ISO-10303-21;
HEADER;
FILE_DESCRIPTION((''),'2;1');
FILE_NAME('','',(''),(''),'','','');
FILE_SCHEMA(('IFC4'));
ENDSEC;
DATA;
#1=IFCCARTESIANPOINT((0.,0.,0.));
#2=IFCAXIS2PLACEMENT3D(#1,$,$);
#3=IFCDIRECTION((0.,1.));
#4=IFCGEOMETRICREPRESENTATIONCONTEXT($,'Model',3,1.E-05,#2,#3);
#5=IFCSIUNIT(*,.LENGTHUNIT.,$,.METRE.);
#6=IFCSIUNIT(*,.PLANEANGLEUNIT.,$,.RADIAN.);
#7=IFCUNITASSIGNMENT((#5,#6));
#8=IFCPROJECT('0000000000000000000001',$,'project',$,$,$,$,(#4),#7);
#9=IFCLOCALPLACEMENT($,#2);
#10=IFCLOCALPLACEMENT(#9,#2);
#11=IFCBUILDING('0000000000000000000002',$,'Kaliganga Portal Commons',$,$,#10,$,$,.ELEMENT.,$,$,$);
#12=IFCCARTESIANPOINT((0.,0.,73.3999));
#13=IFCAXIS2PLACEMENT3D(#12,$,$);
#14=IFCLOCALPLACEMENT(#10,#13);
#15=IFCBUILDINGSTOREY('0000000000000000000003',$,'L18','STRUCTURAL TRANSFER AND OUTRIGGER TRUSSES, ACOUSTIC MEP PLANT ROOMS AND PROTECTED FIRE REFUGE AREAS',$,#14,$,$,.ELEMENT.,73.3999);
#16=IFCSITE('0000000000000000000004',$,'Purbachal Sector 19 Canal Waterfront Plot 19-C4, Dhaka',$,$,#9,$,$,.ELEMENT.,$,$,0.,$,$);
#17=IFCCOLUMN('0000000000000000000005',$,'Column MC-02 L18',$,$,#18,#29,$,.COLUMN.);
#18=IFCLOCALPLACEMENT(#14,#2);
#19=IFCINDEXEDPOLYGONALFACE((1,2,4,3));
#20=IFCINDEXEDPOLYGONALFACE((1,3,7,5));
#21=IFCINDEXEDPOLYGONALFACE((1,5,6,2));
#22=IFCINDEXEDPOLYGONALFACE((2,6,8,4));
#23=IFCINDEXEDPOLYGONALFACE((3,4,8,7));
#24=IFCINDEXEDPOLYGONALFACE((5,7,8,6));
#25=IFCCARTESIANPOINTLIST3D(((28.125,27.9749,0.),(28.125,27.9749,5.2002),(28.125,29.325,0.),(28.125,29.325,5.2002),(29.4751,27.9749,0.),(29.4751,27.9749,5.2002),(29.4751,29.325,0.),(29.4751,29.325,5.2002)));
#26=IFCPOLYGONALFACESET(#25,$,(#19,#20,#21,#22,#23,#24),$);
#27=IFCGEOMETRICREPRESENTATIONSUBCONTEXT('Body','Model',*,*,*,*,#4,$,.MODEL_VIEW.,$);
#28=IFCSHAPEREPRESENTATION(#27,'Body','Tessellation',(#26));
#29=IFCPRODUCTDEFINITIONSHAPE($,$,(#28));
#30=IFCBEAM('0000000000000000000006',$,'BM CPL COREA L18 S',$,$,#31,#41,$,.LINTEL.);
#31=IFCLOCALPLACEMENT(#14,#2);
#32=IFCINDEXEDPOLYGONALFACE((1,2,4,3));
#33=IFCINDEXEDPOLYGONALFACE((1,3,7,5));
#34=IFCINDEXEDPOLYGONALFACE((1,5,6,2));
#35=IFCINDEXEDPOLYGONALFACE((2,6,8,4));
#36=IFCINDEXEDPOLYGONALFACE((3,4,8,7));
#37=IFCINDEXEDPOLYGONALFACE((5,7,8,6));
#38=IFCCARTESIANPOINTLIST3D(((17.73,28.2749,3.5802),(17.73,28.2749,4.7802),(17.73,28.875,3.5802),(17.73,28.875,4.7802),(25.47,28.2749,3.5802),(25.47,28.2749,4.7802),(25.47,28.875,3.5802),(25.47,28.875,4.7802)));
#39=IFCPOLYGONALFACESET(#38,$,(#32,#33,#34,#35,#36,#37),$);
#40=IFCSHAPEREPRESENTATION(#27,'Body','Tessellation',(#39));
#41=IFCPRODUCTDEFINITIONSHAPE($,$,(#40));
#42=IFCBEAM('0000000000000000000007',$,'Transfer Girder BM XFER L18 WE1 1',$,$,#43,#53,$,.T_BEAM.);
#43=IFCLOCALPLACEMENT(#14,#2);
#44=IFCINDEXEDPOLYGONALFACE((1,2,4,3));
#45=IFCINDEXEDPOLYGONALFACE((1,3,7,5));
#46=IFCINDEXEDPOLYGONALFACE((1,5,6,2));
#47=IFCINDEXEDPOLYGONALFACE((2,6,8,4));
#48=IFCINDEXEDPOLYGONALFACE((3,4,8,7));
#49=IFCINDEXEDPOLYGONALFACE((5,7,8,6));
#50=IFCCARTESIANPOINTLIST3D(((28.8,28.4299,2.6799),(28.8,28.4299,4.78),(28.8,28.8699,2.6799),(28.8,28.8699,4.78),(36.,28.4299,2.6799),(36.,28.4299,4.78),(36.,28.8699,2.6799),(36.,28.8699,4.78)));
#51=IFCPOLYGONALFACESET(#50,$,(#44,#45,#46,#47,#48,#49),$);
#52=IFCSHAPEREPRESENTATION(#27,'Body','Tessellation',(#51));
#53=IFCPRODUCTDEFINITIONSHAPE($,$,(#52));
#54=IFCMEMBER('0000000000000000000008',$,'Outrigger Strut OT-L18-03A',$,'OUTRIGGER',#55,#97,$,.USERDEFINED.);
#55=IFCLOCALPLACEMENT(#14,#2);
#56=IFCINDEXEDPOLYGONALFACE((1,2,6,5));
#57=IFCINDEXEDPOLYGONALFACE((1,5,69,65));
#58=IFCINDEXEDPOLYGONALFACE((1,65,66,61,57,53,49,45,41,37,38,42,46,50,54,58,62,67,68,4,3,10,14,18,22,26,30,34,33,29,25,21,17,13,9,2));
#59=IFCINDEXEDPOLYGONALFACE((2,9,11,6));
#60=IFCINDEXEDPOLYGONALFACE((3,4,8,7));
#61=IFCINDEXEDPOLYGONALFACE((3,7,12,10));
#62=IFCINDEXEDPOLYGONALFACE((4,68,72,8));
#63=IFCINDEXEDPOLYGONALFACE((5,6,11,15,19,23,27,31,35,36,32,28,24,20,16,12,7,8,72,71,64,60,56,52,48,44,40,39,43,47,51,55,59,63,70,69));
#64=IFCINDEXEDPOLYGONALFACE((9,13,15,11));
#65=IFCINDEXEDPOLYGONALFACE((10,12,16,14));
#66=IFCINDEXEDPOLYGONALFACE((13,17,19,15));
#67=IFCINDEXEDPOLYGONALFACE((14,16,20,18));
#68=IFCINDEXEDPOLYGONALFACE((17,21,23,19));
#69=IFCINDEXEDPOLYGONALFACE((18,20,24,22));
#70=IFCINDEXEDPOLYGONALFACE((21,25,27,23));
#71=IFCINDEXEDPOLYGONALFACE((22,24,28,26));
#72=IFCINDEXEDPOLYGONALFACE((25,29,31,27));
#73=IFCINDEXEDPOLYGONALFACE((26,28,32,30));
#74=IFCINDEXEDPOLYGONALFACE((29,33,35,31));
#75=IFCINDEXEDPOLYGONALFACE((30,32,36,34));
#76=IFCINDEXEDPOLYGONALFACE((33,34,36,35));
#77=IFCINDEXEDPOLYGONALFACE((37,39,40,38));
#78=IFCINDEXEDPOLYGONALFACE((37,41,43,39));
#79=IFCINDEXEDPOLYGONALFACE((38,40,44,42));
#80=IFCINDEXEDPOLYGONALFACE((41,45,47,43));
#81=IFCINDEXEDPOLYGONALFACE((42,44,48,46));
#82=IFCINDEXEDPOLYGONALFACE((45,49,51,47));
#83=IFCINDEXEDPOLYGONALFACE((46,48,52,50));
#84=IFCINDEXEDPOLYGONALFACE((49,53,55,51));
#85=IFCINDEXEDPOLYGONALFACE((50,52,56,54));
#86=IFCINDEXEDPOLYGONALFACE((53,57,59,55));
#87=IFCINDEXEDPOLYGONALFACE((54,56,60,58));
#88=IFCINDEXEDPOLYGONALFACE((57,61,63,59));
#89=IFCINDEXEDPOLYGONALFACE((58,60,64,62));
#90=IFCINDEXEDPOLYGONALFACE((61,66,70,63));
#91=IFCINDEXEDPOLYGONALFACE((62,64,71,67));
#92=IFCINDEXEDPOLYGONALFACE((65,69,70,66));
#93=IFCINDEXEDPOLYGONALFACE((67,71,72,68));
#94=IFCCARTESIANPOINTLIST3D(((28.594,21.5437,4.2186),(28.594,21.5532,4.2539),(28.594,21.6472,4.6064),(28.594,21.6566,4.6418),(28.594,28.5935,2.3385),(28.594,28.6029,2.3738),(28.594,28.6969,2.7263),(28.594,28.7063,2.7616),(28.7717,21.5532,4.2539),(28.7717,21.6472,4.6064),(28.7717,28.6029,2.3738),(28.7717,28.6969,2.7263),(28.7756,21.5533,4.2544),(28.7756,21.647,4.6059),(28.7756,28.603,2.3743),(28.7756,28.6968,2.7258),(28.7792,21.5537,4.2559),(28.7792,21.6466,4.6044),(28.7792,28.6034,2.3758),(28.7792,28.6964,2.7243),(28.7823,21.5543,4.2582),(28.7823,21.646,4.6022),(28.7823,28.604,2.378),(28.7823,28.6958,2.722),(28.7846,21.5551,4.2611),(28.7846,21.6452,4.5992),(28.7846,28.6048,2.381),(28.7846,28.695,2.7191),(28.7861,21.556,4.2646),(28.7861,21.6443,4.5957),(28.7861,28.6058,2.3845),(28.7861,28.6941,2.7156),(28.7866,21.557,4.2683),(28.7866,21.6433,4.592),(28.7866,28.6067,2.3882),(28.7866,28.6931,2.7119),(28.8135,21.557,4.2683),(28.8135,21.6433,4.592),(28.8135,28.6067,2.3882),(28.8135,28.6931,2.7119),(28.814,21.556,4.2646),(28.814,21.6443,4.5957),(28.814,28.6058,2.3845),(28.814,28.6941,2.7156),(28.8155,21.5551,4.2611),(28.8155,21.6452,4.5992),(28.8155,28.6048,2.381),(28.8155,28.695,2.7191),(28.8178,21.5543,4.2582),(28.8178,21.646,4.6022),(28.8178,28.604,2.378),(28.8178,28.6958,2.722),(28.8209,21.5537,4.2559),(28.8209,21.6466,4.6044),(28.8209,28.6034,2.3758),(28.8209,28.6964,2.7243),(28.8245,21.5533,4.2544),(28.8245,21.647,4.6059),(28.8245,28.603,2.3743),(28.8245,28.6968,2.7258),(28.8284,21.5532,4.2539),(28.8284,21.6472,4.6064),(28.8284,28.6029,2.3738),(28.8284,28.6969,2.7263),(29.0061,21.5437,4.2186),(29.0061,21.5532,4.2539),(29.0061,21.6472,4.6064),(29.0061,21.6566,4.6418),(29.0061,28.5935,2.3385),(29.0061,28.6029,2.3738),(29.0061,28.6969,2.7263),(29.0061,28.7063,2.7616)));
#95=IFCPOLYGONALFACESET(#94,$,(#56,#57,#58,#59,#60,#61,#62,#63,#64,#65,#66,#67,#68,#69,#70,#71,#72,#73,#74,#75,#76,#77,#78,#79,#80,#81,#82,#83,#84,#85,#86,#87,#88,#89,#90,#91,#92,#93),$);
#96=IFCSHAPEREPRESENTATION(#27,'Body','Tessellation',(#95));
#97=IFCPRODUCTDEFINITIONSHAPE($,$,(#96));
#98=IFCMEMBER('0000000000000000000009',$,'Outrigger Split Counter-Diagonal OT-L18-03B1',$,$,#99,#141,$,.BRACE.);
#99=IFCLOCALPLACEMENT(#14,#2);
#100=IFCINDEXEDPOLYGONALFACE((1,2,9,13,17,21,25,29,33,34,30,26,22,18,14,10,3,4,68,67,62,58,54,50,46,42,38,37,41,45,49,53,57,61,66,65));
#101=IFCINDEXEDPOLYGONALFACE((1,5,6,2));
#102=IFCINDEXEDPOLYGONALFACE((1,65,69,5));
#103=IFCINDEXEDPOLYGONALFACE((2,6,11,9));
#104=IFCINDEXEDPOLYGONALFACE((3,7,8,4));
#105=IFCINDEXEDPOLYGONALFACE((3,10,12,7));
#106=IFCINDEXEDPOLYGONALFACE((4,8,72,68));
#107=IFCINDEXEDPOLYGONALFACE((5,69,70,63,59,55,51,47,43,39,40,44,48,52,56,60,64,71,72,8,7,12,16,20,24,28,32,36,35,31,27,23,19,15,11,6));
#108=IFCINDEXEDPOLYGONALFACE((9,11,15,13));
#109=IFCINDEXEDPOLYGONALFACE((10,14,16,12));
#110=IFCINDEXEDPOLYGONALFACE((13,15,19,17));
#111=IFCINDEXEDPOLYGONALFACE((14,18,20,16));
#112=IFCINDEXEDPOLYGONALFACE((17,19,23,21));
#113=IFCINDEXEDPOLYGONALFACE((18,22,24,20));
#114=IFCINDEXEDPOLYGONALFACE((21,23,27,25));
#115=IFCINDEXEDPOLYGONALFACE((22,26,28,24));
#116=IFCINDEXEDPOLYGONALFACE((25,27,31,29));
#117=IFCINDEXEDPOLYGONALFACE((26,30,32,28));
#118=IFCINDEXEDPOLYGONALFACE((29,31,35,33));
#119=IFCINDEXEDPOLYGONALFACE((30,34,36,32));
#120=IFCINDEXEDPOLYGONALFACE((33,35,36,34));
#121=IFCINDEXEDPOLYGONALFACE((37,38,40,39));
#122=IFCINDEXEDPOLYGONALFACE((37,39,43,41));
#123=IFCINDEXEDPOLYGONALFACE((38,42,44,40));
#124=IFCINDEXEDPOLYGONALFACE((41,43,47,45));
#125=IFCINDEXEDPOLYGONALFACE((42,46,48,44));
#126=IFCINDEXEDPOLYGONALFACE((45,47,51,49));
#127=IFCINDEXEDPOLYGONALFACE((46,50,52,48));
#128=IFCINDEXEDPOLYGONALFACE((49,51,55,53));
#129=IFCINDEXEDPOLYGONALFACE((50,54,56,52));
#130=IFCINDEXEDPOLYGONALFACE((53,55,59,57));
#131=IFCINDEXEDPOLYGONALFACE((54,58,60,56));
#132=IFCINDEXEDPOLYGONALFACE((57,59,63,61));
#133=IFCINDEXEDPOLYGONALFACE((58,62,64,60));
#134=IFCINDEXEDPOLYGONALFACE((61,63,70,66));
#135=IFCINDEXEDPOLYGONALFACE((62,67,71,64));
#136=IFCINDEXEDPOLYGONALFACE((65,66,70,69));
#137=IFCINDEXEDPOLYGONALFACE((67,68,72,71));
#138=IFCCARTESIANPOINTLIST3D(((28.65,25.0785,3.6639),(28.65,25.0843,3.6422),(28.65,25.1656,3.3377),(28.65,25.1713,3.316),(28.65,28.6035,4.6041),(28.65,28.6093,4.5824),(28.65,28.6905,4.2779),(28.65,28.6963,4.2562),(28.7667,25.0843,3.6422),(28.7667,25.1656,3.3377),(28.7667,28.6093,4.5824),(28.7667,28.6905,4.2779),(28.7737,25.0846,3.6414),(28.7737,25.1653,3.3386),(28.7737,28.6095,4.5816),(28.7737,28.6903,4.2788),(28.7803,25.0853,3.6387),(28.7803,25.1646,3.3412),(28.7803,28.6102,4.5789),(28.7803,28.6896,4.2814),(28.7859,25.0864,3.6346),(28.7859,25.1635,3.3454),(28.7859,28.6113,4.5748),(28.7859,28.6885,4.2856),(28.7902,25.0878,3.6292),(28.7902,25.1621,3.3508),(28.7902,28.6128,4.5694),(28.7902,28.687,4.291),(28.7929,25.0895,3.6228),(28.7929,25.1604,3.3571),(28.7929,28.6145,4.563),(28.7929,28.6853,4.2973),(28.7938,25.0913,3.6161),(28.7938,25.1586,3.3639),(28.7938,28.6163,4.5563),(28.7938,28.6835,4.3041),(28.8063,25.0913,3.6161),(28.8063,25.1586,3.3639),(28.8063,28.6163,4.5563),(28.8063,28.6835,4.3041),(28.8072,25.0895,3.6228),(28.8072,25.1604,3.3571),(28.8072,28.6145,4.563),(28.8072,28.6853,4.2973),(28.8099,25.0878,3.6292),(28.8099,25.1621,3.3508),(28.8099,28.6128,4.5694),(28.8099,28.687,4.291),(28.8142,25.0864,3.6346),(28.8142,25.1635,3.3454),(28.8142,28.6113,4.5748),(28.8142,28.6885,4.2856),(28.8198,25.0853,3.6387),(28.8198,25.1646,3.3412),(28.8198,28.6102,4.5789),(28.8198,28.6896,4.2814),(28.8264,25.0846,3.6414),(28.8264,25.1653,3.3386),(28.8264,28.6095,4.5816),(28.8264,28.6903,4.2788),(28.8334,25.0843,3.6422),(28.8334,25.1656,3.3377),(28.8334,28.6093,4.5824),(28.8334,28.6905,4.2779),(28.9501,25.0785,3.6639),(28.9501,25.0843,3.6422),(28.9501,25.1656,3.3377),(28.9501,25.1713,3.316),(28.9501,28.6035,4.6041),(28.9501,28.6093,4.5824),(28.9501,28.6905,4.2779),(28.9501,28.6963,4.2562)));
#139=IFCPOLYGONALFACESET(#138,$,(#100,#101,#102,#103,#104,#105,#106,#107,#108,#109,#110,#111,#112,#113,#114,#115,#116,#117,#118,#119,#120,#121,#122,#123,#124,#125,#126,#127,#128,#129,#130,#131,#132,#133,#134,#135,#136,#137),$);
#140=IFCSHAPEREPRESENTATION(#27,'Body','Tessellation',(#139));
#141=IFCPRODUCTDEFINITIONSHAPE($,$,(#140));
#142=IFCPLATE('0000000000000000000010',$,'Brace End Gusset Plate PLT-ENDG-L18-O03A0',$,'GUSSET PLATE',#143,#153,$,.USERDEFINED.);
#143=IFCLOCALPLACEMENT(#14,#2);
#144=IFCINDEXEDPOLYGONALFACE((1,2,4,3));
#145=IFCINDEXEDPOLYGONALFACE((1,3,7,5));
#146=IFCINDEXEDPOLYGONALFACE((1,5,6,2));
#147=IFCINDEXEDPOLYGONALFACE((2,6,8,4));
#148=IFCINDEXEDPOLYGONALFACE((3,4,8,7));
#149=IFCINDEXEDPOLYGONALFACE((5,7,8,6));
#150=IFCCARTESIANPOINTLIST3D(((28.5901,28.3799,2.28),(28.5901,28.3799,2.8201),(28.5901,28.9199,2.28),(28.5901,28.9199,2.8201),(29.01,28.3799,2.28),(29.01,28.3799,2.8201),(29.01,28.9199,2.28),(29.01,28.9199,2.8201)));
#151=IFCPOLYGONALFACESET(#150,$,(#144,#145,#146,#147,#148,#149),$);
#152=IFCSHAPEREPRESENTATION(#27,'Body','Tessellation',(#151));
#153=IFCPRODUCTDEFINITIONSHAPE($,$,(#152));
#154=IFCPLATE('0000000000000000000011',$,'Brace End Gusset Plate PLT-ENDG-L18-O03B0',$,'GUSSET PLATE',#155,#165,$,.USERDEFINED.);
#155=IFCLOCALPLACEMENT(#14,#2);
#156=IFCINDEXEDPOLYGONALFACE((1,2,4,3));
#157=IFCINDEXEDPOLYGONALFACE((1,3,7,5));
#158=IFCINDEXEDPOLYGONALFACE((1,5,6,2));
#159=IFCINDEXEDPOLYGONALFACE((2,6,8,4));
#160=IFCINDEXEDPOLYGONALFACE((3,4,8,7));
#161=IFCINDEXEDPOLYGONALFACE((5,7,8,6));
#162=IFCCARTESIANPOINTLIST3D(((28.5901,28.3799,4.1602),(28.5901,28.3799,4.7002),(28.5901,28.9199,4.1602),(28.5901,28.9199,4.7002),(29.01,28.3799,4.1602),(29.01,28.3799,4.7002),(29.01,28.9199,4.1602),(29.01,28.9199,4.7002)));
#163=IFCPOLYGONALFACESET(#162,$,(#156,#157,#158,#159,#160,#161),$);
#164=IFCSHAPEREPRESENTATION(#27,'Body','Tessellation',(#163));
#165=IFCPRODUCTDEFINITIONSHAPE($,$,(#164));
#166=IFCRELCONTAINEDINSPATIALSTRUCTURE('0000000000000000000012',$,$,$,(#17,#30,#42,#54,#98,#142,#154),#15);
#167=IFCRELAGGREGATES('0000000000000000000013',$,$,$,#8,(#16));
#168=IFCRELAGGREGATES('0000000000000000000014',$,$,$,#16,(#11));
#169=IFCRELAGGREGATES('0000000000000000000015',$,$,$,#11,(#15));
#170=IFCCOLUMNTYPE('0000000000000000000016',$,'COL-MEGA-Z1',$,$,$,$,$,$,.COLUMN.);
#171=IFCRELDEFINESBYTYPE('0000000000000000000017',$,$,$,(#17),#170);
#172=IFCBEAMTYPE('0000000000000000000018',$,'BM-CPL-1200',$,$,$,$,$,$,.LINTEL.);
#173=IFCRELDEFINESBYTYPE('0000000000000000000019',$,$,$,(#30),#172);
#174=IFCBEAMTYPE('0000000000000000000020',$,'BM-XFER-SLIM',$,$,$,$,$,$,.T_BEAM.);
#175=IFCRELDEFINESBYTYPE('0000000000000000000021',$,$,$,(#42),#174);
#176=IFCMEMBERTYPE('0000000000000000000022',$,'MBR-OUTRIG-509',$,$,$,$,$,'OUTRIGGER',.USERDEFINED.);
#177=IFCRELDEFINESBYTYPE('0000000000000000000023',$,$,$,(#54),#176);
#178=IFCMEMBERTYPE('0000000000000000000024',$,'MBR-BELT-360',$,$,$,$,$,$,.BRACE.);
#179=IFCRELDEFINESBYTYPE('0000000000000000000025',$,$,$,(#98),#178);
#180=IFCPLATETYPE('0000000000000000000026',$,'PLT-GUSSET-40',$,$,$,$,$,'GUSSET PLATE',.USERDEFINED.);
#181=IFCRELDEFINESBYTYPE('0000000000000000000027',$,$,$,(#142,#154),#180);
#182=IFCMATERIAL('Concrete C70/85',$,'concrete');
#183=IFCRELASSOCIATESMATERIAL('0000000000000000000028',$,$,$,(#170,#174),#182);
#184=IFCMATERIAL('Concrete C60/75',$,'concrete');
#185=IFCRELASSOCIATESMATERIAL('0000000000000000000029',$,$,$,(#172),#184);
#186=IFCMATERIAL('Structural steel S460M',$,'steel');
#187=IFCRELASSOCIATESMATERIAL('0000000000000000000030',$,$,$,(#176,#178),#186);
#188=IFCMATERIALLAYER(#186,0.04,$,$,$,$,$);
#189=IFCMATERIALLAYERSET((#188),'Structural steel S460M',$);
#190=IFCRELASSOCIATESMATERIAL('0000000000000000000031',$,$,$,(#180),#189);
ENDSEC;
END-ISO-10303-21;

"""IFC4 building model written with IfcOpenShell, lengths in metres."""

from ifc_helpers import new_model, si_unit, direction, frame, origin, origin_2d, place, context, subcontext, project, spatial, rectangle, i_section, extrude, source, transform, mapped, material, layer, layer_set, material_profile, profile_set, type_object, element, save


model = new_model("IFC4")

# Units and contexts
model_context = context("Model", 3, precision=1e-05, world=origin(), true_north=direction((0.0, 1.0)))
body_context = subcontext(model_context, "Body", "Model", "MODEL_VIEW")
ifc_project = project(units=[si_unit("LENGTHUNIT", "METRE"), si_unit("PLANEANGLEUNIT", "RADIAN")], contexts=[model_context])

# Site, building, storey
site_placement = place(None, origin())
site = spatial("IfcSite", under=ifc_project, at=site_placement, Name="Purbachal Sector 19 Canal Waterfront Plot 19-C4, Dhaka", CompositionType="ELEMENT", RefElevation=0.0)
building_placement = place(site_placement, origin())
building = spatial("IfcBuilding", under=site, at=building_placement, Name="Kaliganga Portal Commons", CompositionType="ELEMENT")
storey_placement = place(building_placement, frame((0.0, 0.0, 73.3999)))
storey = spatial("IfcBuildingStorey", under=building, at=storey_placement, Name="L18", Description="STRUCTURAL TRANSFER AND OUTRIGGER TRUSSES, ACOUSTIC MEP PLANT ROOMS AND PROTECTED FIRE REFUGE AREAS", CompositionType="ELEMENT", Elevation=73.3999)

# Column
ifc_material_1 = material(Name="Concrete C70/85", Category="concrete")
ifc_material_profile_1 = material_profile(ifc_material_1, rectangle(XDim=1.3501, YDim=1.3501, at=origin_2d()), Name="RC 1350x1350")
ifc_profile_set_1 = profile_set([ifc_material_profile_1], Name="Concrete C70/85")
column_type = type_object("IfcColumnType", Name="COL-MEGA-Z1", PredefinedType="COLUMN", material=ifc_profile_set_1)
shared_shape_1 = source(origin(), body_context, "Body", "SweptSolid", [
    extrude(rectangle(XDim=1.3501, YDim=1.3501, at=origin_2d()), origin(), (0.0, 0.0, 1.0), 5.2002),
])
column_placement = place(storey_placement, frame((28.8, 28.6499, 0.0), z_axis=(0.0, 0.0, 1.0), x_axis=(1.0, 0.0, 0.0)))
element("IfcColumn", 1, at=column_placement, inside=storey, type_object=column_type, Name="Column MC-02 L18", PredefinedType="COLUMN", context=body_context, shape_type="MappedRepresentation", body=[
    mapped(shared_shape_1, transform((0.0, 0.0, 0.0), x_axis=(1.0, 0.0, 0.0), y_axis=(0.0, 1.0, 0.0), z_axis=(0.0, 0.0, 1.0), scale=1.0)),
])

# Beams
ifc_material_2 = material(Name="Concrete C60/75", Category="concrete")
ifc_material_profile_2 = material_profile(ifc_material_2, rectangle(XDim=0.6001, YDim=1.2, at=origin_2d()), Name="RC 600x1200")
ifc_profile_set_2 = profile_set([ifc_material_profile_2], Name="Concrete C60/75")
beam_type_1 = type_object("IfcBeamType", Name="BM-CPL-1200", PredefinedType="LINTEL", material=ifc_profile_set_2)
shared_shape_2 = source(origin(), body_context, "Body", "SweptSolid", [
    extrude(rectangle(XDim=0.6001, YDim=1.2, at=origin_2d()), origin(), (0.0, 0.0, 1.0), 7.74),
])
beam_1_placement = place(storey_placement, frame((17.73, 28.575, 4.1802), z_axis=(1.0, 0.0, 0.0), x_axis=(0.0, 1.0, 0.0)))
element("IfcBeam", 2, at=beam_1_placement, inside=storey, type_object=beam_type_1, Name="BM CPL COREA L18 S", PredefinedType="LINTEL", context=body_context, shape_type="MappedRepresentation", body=[
    mapped(shared_shape_2, transform((0.0, 0.0, 0.0), x_axis=(1.0, 0.0, 0.0), y_axis=(0.0, 1.0, 0.0), z_axis=(0.0, 0.0, 1.0), scale=1.0)),
])
ifc_material_profile_3 = material_profile(ifc_material_1, rectangle(XDim=0.4399, YDim=2.1001, at=origin_2d()), Name="RC 440x2100")
ifc_profile_set_3 = profile_set([ifc_material_profile_3], Name="Concrete C70/85")
beam_type_2 = type_object("IfcBeamType", Name="BM-XFER-SLIM", PredefinedType="T_BEAM", material=ifc_profile_set_3)
shared_shape_3 = source(origin(), body_context, "Body", "SweptSolid", [
    extrude(rectangle(XDim=0.4399, YDim=2.1001, at=origin_2d()), origin(), (0.0, 0.0, 1.0), 7.2),
])
beam_2_placement = place(storey_placement, frame((28.8, 28.6499, 3.73), z_axis=(1.0, 0.0, 0.0), x_axis=(0.0, 1.0, 0.0)))
element("IfcBeam", 3, at=beam_2_placement, inside=storey, type_object=beam_type_2, Name="Transfer Girder BM XFER L18 WE1 1", PredefinedType="T_BEAM", context=body_context, shape_type="MappedRepresentation", body=[
    mapped(shared_shape_3, transform((0.0, 0.0, 0.0), x_axis=(1.0, 0.0, 0.0), y_axis=(0.0, 1.0, 0.0), z_axis=(0.0, 0.0, 1.0), scale=1.0)),
])

# Members
ifc_material_3 = material(Name="Structural steel S460M", Category="steel")
ifc_material_profile_4 = material_profile(ifc_material_3, i_section(OverallWidth=0.4121, OverallDepth=0.438, WebThickness=0.0269, FlangeThickness=0.0366, FilletRadius=0.0149, at=origin_2d()), Name="HD 400x463")
ifc_profile_set_4 = profile_set([ifc_material_profile_4], Name="Structural steel S460M wide-flange")
member_type_1 = type_object("IfcMemberType", Name="MBR-OUTRIG-509", ElementType="OUTRIGGER", PredefinedType="USERDEFINED", material=ifc_profile_set_4)
shared_shape_4 = source(origin(), body_context, "Body", "SweptSolid", [
    extrude(i_section(OverallWidth=0.4121, OverallDepth=0.438, WebThickness=0.0269, FlangeThickness=0.0366, FilletRadius=0.0149, at=origin_2d()), origin(), (0.0, 0.0, 1.0), 7.2961),
])
member_1_placement = place(storey_placement, frame((28.8, 28.6499, 2.55), z_axis=(0.0, -0.966229, 0.257686), x_axis=(1.0, 0.0, 0.0)))
element("IfcMember", 4, at=member_1_placement, inside=storey, type_object=member_type_1, Name="Outrigger Strut OT-L18-03A", ObjectType="OUTRIGGER", PredefinedType="USERDEFINED", context=body_context, shape_type="MappedRepresentation", body=[
    mapped(shared_shape_4, transform((0.0, 0.0, 0.0), x_axis=(1.0, 0.0, 0.0), y_axis=(0.0, 1.0, 0.0), z_axis=(0.0, 0.0, 1.0), scale=1.0)),
])
ifc_material_profile_5 = material_profile(ifc_material_3, i_section(OverallWidth=0.3, OverallDepth=0.3601, WebThickness=0.0125, FlangeThickness=0.0225, FilletRadius=0.0271, at=origin_2d()), Name="HE 360 B")
ifc_profile_set_5 = profile_set([ifc_material_profile_5], Name="Structural steel S460M wide-flange")
member_type_2 = type_object("IfcMemberType", Name="MBR-BELT-360", PredefinedType="BRACE", material=ifc_profile_set_5)
shared_shape_5 = source(origin(), body_context, "Body", "SweptSolid", [
    extrude(i_section(OverallWidth=0.3, OverallDepth=0.3601, WebThickness=0.0125, FlangeThickness=0.0225, FilletRadius=0.0271, at=origin_2d()), origin(), (0.0, 0.0, 1.0), 3.6482),
])
member_2_placement = place(storey_placement, frame((28.8, 28.6499, 4.4302), z_axis=(0.0, -0.96622, -0.257717), x_axis=(1.0, 0.0, 0.0)))
element("IfcMember", 5, at=member_2_placement, inside=storey, type_object=member_type_2, Name="Outrigger Split Counter-Diagonal OT-L18-03B1", PredefinedType="BRACE", context=body_context, shape_type="MappedRepresentation", body=[
    mapped(shared_shape_5, transform((0.0, 0.0, 0.0), x_axis=(1.0, 0.0, 0.0), y_axis=(0.0, 1.0, 0.0), z_axis=(0.0, 0.0, 1.0), scale=1.0)),
])

# Plates
ifc_layer_1 = layer(ifc_material_3, 0.04)
ifc_layer_set_1 = layer_set([ifc_layer_1], Name="Structural steel S460M")
plate_type = type_object("IfcPlateType", Name="PLT-GUSSET-40", ElementType="GUSSET PLATE", PredefinedType="USERDEFINED", material=ifc_layer_set_1)
shared_shape_6 = source(origin(), body_context, "Body", "SweptSolid", [
    extrude(rectangle(XDim=0.54, YDim=0.4199, at=origin_2d()), origin(), (0.0, 0.0, 1.0), 0.54),
])
for number, where, z_axis, x_axis, name in (
    (6, (28.8, 28.6499, 2.28), (0.0, 0.0, 1.0), (0.0, -1.0, 0.0), "Brace End Gusset Plate PLT-ENDG-L18-O03A0"),
    (7, (28.8, 28.6499, 4.1602), (0.0, 0.0, 1.0), (0.0, -1.0, 0.0), "Brace End Gusset Plate PLT-ENDG-L18-O03B0"),
):
    element("IfcPlate", number, at=place(storey_placement, frame(where, z_axis=z_axis, x_axis=x_axis)), inside=storey, type_object=plate_type, Name=name, ObjectType="GUSSET PLATE", PredefinedType="USERDEFINED", context=body_context, shape_type="MappedRepresentation", body=[
        mapped(shared_shape_6, transform((0.0, 0.0, 0.0), x_axis=(1.0, 0.0, 0.0), y_axis=(0.0, 1.0, 0.0), z_axis=(0.0, 0.0, 1.0), scale=1.0)),
    ])

save(model, "model.ifc")
